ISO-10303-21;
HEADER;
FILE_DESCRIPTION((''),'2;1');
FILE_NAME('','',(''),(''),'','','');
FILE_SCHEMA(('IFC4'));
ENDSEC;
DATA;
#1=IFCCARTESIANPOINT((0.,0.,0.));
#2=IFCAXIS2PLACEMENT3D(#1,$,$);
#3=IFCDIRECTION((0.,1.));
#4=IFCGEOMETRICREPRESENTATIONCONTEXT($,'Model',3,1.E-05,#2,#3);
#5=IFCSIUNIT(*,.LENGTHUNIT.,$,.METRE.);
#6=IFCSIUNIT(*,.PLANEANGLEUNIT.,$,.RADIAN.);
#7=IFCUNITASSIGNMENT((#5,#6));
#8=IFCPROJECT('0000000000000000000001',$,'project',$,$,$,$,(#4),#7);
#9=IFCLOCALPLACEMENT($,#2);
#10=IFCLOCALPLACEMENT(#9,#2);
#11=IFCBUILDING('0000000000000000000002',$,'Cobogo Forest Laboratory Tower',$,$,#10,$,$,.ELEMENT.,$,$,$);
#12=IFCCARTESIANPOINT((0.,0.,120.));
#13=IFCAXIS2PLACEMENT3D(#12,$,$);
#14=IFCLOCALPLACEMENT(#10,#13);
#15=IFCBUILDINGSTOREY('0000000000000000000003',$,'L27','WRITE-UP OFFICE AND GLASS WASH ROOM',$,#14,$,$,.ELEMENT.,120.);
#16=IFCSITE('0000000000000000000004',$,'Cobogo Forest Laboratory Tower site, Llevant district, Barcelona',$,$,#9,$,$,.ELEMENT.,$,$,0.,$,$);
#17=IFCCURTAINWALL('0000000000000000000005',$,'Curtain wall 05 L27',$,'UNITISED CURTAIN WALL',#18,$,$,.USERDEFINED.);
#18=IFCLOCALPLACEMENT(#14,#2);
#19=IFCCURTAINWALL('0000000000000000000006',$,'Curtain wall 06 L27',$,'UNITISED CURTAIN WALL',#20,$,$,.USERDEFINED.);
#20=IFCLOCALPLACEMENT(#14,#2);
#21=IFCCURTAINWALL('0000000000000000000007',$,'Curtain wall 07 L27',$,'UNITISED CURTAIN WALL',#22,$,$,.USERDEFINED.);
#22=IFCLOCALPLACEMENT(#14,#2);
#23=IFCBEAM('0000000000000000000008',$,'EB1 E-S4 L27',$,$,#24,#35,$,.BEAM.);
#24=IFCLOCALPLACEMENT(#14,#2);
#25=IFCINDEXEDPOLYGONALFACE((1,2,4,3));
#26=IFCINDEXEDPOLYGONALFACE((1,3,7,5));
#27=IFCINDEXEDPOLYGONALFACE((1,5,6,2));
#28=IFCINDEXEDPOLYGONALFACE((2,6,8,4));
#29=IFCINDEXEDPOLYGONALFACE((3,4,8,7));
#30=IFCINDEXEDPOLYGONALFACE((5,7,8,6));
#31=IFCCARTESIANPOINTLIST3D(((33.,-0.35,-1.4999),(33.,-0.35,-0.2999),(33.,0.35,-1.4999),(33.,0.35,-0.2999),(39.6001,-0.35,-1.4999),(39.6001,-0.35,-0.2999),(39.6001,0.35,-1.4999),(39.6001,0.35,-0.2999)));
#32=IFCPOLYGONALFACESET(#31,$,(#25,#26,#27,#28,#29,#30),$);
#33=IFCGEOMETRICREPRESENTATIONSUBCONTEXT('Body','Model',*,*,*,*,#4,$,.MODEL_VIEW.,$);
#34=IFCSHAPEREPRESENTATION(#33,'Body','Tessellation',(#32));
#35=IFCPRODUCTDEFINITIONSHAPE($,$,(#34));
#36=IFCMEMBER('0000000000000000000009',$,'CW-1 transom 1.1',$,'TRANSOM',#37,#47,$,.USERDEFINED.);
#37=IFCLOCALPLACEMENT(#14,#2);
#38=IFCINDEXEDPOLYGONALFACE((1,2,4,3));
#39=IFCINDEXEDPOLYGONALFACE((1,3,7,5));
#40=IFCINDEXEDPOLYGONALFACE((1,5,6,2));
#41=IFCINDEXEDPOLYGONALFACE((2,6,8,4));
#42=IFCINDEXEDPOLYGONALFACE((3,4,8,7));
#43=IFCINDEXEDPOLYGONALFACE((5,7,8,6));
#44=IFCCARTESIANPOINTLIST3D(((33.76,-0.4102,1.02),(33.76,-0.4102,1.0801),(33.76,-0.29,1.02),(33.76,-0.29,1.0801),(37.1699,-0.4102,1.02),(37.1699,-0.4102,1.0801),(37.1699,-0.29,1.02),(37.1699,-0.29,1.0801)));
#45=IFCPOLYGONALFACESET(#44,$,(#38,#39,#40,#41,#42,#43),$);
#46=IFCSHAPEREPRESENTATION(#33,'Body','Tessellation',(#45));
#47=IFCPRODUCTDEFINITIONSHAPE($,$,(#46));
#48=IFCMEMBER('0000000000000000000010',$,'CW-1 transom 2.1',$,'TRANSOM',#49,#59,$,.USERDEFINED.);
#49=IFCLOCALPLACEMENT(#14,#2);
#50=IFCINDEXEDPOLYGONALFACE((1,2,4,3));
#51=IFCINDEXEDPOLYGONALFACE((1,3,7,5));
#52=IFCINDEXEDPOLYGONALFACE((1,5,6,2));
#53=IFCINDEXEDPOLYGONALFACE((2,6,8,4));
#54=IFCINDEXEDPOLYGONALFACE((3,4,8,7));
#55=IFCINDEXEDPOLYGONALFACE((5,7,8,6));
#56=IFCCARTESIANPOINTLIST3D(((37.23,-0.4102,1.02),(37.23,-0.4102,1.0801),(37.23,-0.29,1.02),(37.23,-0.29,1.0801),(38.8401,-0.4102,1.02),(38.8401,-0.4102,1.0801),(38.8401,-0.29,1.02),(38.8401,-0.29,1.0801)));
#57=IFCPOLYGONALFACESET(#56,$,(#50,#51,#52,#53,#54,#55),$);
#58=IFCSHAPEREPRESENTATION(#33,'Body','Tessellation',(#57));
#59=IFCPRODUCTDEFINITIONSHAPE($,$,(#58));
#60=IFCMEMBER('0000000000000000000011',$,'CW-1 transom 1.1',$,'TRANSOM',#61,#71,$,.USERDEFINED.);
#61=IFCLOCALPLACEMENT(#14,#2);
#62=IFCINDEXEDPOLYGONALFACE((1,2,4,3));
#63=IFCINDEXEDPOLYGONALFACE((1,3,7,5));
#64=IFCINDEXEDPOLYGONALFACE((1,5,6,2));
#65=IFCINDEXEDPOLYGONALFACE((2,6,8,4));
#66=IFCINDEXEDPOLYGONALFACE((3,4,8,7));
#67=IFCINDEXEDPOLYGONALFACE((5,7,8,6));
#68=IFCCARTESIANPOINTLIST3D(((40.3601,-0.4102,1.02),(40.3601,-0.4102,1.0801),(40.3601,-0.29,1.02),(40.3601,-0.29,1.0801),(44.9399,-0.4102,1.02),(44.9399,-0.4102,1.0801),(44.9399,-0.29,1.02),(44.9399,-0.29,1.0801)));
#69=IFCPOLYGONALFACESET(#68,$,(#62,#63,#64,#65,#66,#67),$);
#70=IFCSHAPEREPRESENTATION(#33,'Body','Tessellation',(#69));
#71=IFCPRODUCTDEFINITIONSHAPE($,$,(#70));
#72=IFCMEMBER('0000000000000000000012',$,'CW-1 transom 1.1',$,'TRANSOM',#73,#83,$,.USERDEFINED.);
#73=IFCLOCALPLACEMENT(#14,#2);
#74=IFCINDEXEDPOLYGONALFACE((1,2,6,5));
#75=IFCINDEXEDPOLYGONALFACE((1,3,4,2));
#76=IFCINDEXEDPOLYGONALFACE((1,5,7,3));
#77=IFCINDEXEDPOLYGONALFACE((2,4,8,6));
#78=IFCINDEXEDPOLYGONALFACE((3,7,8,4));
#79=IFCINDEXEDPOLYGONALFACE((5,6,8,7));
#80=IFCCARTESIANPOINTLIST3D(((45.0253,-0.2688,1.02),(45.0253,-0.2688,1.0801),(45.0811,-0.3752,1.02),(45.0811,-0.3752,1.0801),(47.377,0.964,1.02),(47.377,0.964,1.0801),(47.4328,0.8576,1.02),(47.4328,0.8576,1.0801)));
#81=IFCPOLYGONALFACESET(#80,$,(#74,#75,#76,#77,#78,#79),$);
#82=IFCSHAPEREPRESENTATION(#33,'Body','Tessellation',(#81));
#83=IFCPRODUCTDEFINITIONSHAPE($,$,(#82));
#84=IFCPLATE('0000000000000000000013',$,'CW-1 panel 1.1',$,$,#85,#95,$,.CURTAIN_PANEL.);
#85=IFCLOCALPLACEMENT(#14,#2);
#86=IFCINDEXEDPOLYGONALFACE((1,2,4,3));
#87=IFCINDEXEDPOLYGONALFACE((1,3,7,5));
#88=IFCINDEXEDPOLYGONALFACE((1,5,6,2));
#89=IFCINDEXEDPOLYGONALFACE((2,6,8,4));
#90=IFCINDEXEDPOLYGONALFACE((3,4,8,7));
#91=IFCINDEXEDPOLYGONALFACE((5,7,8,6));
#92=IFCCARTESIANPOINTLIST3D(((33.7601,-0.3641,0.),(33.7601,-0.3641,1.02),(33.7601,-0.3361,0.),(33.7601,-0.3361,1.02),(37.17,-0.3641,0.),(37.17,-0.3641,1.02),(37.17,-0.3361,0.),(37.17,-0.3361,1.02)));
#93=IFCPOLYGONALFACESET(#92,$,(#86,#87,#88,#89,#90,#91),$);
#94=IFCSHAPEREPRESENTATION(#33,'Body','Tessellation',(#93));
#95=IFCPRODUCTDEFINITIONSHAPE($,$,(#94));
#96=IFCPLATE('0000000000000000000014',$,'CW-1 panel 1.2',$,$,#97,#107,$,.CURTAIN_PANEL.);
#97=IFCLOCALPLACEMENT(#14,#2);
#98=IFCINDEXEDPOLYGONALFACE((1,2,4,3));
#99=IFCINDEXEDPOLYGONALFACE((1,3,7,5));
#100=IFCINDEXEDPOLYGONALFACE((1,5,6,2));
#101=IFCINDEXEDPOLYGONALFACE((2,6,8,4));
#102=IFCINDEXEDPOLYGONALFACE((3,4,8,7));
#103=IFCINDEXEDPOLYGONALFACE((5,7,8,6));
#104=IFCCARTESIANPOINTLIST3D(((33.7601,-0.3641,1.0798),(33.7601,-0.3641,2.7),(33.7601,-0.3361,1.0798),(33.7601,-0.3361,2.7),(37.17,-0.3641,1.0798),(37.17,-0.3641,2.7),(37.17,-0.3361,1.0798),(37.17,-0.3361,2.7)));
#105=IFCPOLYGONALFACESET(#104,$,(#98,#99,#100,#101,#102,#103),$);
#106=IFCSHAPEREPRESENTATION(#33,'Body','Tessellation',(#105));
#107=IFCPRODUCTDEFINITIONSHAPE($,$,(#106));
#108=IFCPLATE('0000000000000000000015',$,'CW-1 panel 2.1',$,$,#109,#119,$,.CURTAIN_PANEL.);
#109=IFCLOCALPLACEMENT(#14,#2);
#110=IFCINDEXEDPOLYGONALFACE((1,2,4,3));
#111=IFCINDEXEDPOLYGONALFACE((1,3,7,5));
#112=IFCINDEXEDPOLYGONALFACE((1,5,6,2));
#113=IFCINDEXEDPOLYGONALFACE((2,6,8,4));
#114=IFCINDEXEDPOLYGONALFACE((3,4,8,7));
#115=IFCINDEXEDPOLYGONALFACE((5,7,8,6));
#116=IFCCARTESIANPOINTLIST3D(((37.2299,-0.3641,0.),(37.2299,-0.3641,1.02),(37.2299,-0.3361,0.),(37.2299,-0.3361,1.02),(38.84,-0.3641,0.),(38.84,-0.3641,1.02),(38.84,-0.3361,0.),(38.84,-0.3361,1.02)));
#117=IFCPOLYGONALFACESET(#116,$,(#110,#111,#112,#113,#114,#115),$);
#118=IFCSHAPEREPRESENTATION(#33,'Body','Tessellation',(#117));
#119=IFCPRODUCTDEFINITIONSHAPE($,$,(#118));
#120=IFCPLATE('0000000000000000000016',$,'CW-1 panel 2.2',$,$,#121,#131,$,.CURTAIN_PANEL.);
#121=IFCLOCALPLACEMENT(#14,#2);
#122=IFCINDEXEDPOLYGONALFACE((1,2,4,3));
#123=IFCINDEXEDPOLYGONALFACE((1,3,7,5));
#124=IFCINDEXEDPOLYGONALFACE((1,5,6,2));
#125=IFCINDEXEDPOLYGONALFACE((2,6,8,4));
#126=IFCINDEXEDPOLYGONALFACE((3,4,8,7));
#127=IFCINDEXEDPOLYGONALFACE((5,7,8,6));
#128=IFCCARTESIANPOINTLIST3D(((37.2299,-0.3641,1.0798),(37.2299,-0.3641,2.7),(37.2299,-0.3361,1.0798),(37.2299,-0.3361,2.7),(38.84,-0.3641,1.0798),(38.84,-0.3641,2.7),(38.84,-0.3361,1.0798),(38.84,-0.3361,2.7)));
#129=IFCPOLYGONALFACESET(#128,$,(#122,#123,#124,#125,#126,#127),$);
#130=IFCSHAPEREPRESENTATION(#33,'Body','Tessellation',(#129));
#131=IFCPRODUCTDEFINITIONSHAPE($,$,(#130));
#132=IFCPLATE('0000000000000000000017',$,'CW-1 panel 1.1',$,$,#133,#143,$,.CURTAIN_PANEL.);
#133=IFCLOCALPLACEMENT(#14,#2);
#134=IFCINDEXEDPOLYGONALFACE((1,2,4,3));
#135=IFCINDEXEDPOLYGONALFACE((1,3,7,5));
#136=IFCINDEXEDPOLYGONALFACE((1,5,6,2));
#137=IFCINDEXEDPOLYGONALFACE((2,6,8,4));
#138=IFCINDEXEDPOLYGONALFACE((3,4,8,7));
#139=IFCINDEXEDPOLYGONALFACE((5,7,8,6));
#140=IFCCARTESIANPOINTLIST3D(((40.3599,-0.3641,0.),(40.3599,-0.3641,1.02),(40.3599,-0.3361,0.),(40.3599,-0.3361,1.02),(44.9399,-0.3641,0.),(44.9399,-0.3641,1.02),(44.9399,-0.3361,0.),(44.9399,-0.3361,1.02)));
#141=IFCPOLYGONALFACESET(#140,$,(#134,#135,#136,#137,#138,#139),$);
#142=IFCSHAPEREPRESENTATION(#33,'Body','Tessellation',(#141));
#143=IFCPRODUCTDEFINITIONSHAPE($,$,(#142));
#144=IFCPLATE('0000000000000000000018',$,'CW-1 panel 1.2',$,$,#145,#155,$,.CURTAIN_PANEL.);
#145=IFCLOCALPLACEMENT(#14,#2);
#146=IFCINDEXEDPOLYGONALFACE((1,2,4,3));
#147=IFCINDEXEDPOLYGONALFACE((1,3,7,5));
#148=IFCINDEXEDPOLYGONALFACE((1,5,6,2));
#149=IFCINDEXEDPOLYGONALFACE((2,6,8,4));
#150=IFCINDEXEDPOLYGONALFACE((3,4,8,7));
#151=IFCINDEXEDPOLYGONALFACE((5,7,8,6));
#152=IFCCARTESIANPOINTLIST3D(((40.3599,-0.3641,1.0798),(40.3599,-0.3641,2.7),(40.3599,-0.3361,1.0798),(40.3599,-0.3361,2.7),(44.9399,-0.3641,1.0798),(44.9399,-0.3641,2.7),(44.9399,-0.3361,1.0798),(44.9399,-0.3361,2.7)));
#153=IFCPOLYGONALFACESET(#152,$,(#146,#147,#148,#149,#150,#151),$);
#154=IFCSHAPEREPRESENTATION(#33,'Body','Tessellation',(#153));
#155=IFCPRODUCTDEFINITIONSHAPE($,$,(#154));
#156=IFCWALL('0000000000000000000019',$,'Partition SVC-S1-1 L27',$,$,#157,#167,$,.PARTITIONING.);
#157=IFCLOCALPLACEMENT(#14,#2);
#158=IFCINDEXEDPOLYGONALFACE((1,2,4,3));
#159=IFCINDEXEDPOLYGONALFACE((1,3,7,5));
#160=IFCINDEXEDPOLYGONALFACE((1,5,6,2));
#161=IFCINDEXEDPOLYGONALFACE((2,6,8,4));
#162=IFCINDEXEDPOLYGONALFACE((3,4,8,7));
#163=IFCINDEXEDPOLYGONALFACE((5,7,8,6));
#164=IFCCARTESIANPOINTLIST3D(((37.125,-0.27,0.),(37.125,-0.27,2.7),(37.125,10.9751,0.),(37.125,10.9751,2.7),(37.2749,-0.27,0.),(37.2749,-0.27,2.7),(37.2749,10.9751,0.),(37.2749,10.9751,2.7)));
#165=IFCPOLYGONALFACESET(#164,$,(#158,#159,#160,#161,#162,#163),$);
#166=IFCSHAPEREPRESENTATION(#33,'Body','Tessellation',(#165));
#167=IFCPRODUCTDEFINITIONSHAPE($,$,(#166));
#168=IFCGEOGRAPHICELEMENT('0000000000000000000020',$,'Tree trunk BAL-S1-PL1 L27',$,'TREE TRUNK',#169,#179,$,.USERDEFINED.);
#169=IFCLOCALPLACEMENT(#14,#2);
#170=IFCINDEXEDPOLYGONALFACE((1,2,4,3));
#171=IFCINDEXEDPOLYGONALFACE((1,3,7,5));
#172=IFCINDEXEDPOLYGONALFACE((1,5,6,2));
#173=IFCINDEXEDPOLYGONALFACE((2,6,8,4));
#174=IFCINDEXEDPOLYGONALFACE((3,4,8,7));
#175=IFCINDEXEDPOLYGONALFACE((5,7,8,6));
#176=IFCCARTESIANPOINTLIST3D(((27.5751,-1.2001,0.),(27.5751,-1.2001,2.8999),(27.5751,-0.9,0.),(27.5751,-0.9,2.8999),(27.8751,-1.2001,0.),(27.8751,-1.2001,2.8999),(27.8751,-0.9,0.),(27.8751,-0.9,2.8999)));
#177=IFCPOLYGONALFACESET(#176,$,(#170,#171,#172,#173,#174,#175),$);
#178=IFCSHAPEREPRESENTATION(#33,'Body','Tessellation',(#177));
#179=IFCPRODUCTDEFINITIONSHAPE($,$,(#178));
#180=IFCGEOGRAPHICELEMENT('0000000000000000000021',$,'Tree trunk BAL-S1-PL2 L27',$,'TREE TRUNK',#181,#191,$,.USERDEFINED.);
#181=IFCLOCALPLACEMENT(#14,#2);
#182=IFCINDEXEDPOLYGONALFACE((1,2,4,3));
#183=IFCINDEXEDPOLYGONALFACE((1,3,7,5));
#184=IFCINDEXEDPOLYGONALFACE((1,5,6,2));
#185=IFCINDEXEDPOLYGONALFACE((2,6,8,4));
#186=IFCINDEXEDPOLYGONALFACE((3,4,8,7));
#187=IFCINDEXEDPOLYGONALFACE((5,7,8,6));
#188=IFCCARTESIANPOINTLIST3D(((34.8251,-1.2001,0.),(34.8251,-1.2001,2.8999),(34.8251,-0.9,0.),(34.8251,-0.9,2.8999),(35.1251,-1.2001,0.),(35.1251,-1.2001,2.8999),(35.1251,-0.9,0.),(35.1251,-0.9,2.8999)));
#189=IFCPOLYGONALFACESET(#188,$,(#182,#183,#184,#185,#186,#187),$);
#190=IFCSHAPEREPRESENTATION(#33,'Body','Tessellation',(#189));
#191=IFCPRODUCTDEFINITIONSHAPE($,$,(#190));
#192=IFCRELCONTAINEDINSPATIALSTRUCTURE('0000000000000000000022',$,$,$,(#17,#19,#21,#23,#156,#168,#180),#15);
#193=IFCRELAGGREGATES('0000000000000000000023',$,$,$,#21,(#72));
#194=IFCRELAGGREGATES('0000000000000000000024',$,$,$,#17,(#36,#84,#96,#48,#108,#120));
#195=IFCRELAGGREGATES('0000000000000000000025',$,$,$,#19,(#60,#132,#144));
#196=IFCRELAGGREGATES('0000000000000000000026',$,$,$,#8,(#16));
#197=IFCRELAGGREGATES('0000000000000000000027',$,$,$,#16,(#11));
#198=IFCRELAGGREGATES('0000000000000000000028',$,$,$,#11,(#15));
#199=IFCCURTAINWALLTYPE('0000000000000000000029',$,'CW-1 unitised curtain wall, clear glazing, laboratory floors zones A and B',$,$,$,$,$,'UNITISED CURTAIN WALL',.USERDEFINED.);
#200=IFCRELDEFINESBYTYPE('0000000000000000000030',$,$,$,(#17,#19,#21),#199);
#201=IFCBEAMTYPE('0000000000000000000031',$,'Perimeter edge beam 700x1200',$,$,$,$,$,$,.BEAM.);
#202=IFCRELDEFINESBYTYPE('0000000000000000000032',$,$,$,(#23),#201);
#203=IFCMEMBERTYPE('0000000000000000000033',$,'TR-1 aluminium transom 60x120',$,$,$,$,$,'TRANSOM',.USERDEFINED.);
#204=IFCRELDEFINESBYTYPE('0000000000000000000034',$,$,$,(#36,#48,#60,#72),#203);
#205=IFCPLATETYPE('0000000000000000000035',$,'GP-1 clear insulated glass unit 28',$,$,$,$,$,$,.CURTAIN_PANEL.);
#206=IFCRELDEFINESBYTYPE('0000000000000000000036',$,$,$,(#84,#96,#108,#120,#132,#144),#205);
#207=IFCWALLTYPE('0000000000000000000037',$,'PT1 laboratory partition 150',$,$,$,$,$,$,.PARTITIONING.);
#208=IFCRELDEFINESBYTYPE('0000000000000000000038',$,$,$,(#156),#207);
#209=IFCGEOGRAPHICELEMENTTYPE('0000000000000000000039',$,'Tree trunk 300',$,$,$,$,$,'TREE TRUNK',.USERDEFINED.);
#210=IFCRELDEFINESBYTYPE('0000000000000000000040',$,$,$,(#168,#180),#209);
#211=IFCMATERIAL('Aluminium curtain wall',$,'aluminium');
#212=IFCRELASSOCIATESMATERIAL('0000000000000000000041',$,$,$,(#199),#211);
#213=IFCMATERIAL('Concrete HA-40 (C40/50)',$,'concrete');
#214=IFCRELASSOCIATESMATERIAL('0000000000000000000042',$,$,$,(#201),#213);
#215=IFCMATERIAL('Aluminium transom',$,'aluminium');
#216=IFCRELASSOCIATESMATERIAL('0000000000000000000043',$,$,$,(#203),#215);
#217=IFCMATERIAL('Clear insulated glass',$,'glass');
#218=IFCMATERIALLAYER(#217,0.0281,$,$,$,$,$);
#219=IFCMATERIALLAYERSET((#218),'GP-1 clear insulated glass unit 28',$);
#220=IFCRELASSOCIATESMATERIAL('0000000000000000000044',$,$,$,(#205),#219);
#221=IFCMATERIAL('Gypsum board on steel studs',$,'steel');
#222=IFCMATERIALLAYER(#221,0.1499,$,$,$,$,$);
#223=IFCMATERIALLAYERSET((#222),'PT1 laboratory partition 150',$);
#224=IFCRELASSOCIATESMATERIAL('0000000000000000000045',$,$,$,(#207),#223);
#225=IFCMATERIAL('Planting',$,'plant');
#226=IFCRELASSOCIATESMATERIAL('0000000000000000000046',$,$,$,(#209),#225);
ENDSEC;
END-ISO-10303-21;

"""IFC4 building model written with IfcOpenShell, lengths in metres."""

from ifc_helpers import new_model, si_unit, direction, frame, frame_2d, origin, origin_2d, place, context, subcontext, project, spatial, rectangle, extrude, material, layer, layer_set, material_profile, profile_set, type_object, element, aggregate, save


model = new_model("IFC4")

# Units and contexts
model_context = context("Model", 3, precision=1e-05, world=origin(), true_north=direction((0.0, 1.0)))
body_context = subcontext(model_context, "Body", "Model", "MODEL_VIEW")
ifc_project = project(units=[si_unit("LENGTHUNIT", "METRE"), si_unit("PLANEANGLEUNIT", "RADIAN")], contexts=[model_context])

# Site, building, storey
site_placement = place(None, origin())
site = spatial("IfcSite", under=ifc_project, at=site_placement, Name="Cobogo Forest Laboratory Tower site, Llevant district, Barcelona", CompositionType="ELEMENT", RefElevation=0.0)
building_placement = place(site_placement, origin())
building = spatial("IfcBuilding", under=site, at=building_placement, Name="Cobogo Forest Laboratory Tower", CompositionType="ELEMENT")
storey_placement = place(building_placement, frame((0.0, 0.0, 120.0)))
storey = spatial("IfcBuildingStorey", under=building, at=storey_placement, Name="L27", Description="WRITE-UP OFFICE AND GLASS WASH ROOM", CompositionType="ELEMENT", Elevation=120.0)

# Shared definitions
ifc_material_1 = material(Name="Concrete HA-40 (C40/50)", Category="concrete")

# Shared definitions
ifc_material_2 = material(Name="Aluminium curtain wall", Category="aluminium")
curtain_wall_type = type_object("IfcCurtainWallType", Name="CW-1 unitised curtain wall, clear glazing, laboratory floors zones A and B", ElementType="UNITISED CURTAIN WALL", PredefinedType="USERDEFINED", material=ifc_material_2)

# Curtain walls
curtain_wall_1_placement = place(storey_placement, origin())
curtain_wall_1 = element("IfcCurtainWall", 1, at=curtain_wall_1_placement, inside=storey, type_object=curtain_wall_type, Name="Curtain wall 05 L27", ObjectType="UNITISED CURTAIN WALL", PredefinedType="USERDEFINED")
curtain_wall_2_placement = place(storey_placement, origin())
curtain_wall_2 = element("IfcCurtainWall", 2, at=curtain_wall_2_placement, inside=storey, type_object=curtain_wall_type, Name="Curtain wall 06 L27", ObjectType="UNITISED CURTAIN WALL", PredefinedType="USERDEFINED")

# Curtain wall
curtain_wall_3_placement = place(storey_placement, origin())
curtain_wall_3 = element("IfcCurtainWall", 3, at=curtain_wall_3_placement, inside=storey, type_object=curtain_wall_type, Name="Curtain wall 07 L27", ObjectType="UNITISED CURTAIN WALL", PredefinedType="USERDEFINED")

# Beam
ifc_material_profile_1 = material_profile(ifc_material_1, rectangle(XDim=0.7, YDim=1.2, at=origin_2d()), Name="RC 700x1200")
ifc_profile_set_1 = profile_set([ifc_material_profile_1], Name="Concrete HA-40 (C40/50)")
beam_type_1 = type_object("IfcBeamType", Name="Perimeter edge beam 700x1200", PredefinedType="BEAM", material=ifc_profile_set_1)
for number, where, z_axis, x_axis, name in (
    (4, (33.0, 0.0, -0.8999), (1.0, 0.0, 0.0), (0.0, 1.0, 0.0), "EB1 E-S4 L27"),
):
    element("IfcBeam", number, at=place(storey_placement, frame(where, z_axis=z_axis, x_axis=x_axis)), inside=storey, type_object=beam_type_1, Name=name, PredefinedType="BEAM", context=body_context, shape_type="SweptSolid", body=[
        extrude(rectangle(XDim=0.7, YDim=1.2, at=origin_2d()), origin(), (0.0, 0.0, 1.0), 6.6001),
    ])

# Members
ifc_material_3 = material(Name="Aluminium transom", Category="aluminium")
ifc_material_profile_2 = material_profile(ifc_material_3, rectangle(XDim=0.1201, YDim=0.0601, at=origin_2d()), Name="AL 60x120")
ifc_profile_set_2 = profile_set([ifc_material_profile_2], Name="Aluminium transom")
member_type_1 = type_object("IfcMemberType", Name="TR-1 aluminium transom 60x120", ElementType="TRANSOM", PredefinedType="USERDEFINED", material=ifc_profile_set_2)
member_1_placement = place(storey_placement, frame((33.76, -0.3501, 1.05), z_axis=(1.0, 0.0, 0.0), x_axis=(0.0, 1.0, 0.0)))
member_1 = element("IfcMember", 5, at=member_1_placement, type_object=member_type_1, Name="CW-1 transom 1.1", ObjectType="TRANSOM", PredefinedType="USERDEFINED", context=body_context, shape_type="SweptSolid", body=[
    extrude(rectangle(XDim=0.1201, YDim=0.0601, at=origin_2d()), origin(), (0.0, 0.0, 1.0), 3.4099),
])
member_2_placement = place(storey_placement, frame((37.23, -0.3501, 1.05), z_axis=(1.0, 0.0, 0.0), x_axis=(0.0, 1.0, 0.0)))
member_2 = element("IfcMember", 6, at=member_2_placement, type_object=member_type_1, Name="CW-1 transom 2.1", ObjectType="TRANSOM", PredefinedType="USERDEFINED", context=body_context, shape_type="SweptSolid", body=[
    extrude(rectangle(XDim=0.1201, YDim=0.0601, at=origin_2d()), origin(), (0.0, 0.0, 1.0), 1.6101),
])
member_3_placement = place(storey_placement, frame((40.3601, -0.3501, 1.05), z_axis=(1.0, 0.0, 0.0), x_axis=(0.0, 1.0, 0.0)))
member_3 = element("IfcMember", 7, at=member_3_placement, type_object=member_type_1, Name="CW-1 transom 1.1", ObjectType="TRANSOM", PredefinedType="USERDEFINED", context=body_context, shape_type="SweptSolid", body=[
    extrude(rectangle(XDim=0.1201, YDim=0.0601, at=origin_2d()), origin(), (0.0, 0.0, 1.0), 4.5798),
])
member_4_placement = place(storey_placement, frame((45.0532, -0.322, 1.05), z_axis=(0.885675, 0.464306, 0.0), x_axis=(-0.464306, 0.885675, 0.0)))
member_4 = element("IfcMember", 8, at=member_4_placement, type_object=member_type_1, Name="CW-1 transom 1.1", ObjectType="TRANSOM", PredefinedType="USERDEFINED", context=body_context, shape_type="SweptSolid", body=[
    extrude(rectangle(XDim=0.1201, YDim=0.0601, at=origin_2d()), origin(), (0.0, 0.0, 1.0), 2.6553),
])
aggregate(curtain_wall_3, [member_4])

# Plates
ifc_material_4 = material(Name="Clear insulated glass", Category="glass")
ifc_layer_1 = layer(ifc_material_4, 0.0281)
ifc_layer_set_1 = layer_set([ifc_layer_1], Name="GP-1 clear insulated glass unit 28")
plate_type = type_object("IfcPlateType", Name="GP-1 clear insulated glass unit 28", PredefinedType="CURTAIN_PANEL", material=ifc_layer_set_1)
plate_1_placement = place(storey_placement, frame((35.4651, -0.3501, 0.0), z_axis=(0.0, 0.0, 1.0), x_axis=(1.0, 0.0, 0.0)))
plate_1 = element("IfcPlate", 9, at=plate_1_placement, type_object=plate_type, Name="CW-1 panel 1.1", PredefinedType="CURTAIN_PANEL", context=body_context, shape_type="SweptSolid", body=[
    extrude(rectangle(XDim=3.4099, YDim=0.0281, at=origin_2d()), origin(), (0.0, 0.0, 1.0), 1.02),
])
plate_2_placement = place(storey_placement, frame((35.4651, -0.3501, 1.0798), z_axis=(0.0, 0.0, 1.0), x_axis=(1.0, 0.0, 0.0)))
plate_2 = element("IfcPlate", 10, at=plate_2_placement, type_object=plate_type, Name="CW-1 panel 1.2", PredefinedType="CURTAIN_PANEL", context=body_context, shape_type="SweptSolid", body=[
    extrude(rectangle(XDim=3.4099, YDim=0.0281, at=origin_2d()), origin(), (0.0, 0.0, 1.0), 1.6201),
])
plate_3_placement = place(storey_placement, frame((38.0349, -0.3501, 0.0), z_axis=(0.0, 0.0, 1.0), x_axis=(1.0, 0.0, 0.0)))
plate_3 = element("IfcPlate", 11, at=plate_3_placement, type_object=plate_type, Name="CW-1 panel 2.1", PredefinedType="CURTAIN_PANEL", context=body_context, shape_type="SweptSolid", body=[
    extrude(rectangle(XDim=1.6101, YDim=0.0281, at=origin_2d()), origin(), (0.0, 0.0, 1.0), 1.02),
])
plate_4_placement = place(storey_placement, frame((38.0349, -0.3501, 1.0798), z_axis=(0.0, 0.0, 1.0), x_axis=(1.0, 0.0, 0.0)))
plate_4 = element("IfcPlate", 12, at=plate_4_placement, type_object=plate_type, Name="CW-1 panel 2.2", PredefinedType="CURTAIN_PANEL", context=body_context, shape_type="SweptSolid", body=[
    extrude(rectangle(XDim=1.6101, YDim=0.0281, at=origin_2d()), origin(), (0.0, 0.0, 1.0), 1.6201),
])
aggregate(curtain_wall_1, [member_1, plate_1, plate_2, member_2, plate_3, plate_4])
plate_5_placement = place(storey_placement, frame((42.6499, -0.3501, 0.0), z_axis=(0.0, 0.0, 1.0), x_axis=(1.0, 0.0, 0.0)))
plate_5 = element("IfcPlate", 13, at=plate_5_placement, type_object=plate_type, Name="CW-1 panel 1.1", PredefinedType="CURTAIN_PANEL", context=body_context, shape_type="SweptSolid", body=[
    extrude(rectangle(XDim=4.5801, YDim=0.0281, at=origin_2d()), origin(), (0.0, 0.0, 1.0), 1.02),
])
plate_6_placement = place(storey_placement, frame((42.6499, -0.3501, 1.0798), z_axis=(0.0, 0.0, 1.0), x_axis=(1.0, 0.0, 0.0)))
plate_6 = element("IfcPlate", 14, at=plate_6_placement, type_object=plate_type, Name="CW-1 panel 1.2", PredefinedType="CURTAIN_PANEL", context=body_context, shape_type="SweptSolid", body=[
    extrude(rectangle(XDim=4.5801, YDim=0.0281, at=origin_2d()), origin(), (0.0, 0.0, 1.0), 1.6201),
])
aggregate(curtain_wall_2, [member_3, plate_5, plate_6])

# Wall
ifc_material_5 = material(Name="Gypsum board on steel studs", Category="steel")
ifc_layer_2 = layer(ifc_material_5, 0.1499)
ifc_layer_set_2 = layer_set([ifc_layer_2], Name="PT1 laboratory partition 150")
wall_type_1 = type_object("IfcWallType", Name="PT1 laboratory partition 150", PredefinedType="PARTITIONING", material=ifc_layer_set_2)
wall_1_placement = place(storey_placement, frame((37.2, -0.27, 0.0), z_axis=(0.0, 0.0, 1.0), x_axis=(0.0, 1.0, 0.0)))
element("IfcWall", 15, at=wall_1_placement, inside=storey, type_object=wall_type_1, Name="Partition SVC-S1-1 L27", PredefinedType="PARTITIONING", context=body_context, shape_type="SweptSolid", body=[
    extrude(rectangle(XDim=11.2451, YDim=0.1499, at=frame_2d((5.6226, 0.0))), origin(), (0.0, 0.0, 1.0), 2.7),
])

# Geographic elements
ifc_material_6 = material(Name="Planting", Category="plant")
geographic_element_type = type_object("IfcGeographicElementType", Name="Tree trunk 300", ElementType="TREE TRUNK", PredefinedType="USERDEFINED", material=ifc_material_6)
for number, where, z_axis, x_axis, name in (
    (16, (27.7251, -1.05, 0.0), (0.0, 0.0, 1.0), (1.0, 0.0, 0.0), "Tree trunk BAL-S1-PL1 L27"),
    (17, (34.9751, -1.05, 0.0), (0.0, 0.0, 1.0), (1.0, 0.0, 0.0), "Tree trunk BAL-S1-PL2 L27"),
):
    element("IfcGeographicElement", number, at=place(storey_placement, frame(where, z_axis=z_axis, x_axis=x_axis)), inside=storey, type_object=geographic_element_type, Name=name, ObjectType="TREE TRUNK", PredefinedType="USERDEFINED", context=body_context, shape_type="SweptSolid", body=[
        extrude(rectangle(XDim=0.3, YDim=0.3, at=origin_2d()), origin(), (0.0, 0.0, 1.0), 2.8999),
    ])

save(model, "model.ifc")
